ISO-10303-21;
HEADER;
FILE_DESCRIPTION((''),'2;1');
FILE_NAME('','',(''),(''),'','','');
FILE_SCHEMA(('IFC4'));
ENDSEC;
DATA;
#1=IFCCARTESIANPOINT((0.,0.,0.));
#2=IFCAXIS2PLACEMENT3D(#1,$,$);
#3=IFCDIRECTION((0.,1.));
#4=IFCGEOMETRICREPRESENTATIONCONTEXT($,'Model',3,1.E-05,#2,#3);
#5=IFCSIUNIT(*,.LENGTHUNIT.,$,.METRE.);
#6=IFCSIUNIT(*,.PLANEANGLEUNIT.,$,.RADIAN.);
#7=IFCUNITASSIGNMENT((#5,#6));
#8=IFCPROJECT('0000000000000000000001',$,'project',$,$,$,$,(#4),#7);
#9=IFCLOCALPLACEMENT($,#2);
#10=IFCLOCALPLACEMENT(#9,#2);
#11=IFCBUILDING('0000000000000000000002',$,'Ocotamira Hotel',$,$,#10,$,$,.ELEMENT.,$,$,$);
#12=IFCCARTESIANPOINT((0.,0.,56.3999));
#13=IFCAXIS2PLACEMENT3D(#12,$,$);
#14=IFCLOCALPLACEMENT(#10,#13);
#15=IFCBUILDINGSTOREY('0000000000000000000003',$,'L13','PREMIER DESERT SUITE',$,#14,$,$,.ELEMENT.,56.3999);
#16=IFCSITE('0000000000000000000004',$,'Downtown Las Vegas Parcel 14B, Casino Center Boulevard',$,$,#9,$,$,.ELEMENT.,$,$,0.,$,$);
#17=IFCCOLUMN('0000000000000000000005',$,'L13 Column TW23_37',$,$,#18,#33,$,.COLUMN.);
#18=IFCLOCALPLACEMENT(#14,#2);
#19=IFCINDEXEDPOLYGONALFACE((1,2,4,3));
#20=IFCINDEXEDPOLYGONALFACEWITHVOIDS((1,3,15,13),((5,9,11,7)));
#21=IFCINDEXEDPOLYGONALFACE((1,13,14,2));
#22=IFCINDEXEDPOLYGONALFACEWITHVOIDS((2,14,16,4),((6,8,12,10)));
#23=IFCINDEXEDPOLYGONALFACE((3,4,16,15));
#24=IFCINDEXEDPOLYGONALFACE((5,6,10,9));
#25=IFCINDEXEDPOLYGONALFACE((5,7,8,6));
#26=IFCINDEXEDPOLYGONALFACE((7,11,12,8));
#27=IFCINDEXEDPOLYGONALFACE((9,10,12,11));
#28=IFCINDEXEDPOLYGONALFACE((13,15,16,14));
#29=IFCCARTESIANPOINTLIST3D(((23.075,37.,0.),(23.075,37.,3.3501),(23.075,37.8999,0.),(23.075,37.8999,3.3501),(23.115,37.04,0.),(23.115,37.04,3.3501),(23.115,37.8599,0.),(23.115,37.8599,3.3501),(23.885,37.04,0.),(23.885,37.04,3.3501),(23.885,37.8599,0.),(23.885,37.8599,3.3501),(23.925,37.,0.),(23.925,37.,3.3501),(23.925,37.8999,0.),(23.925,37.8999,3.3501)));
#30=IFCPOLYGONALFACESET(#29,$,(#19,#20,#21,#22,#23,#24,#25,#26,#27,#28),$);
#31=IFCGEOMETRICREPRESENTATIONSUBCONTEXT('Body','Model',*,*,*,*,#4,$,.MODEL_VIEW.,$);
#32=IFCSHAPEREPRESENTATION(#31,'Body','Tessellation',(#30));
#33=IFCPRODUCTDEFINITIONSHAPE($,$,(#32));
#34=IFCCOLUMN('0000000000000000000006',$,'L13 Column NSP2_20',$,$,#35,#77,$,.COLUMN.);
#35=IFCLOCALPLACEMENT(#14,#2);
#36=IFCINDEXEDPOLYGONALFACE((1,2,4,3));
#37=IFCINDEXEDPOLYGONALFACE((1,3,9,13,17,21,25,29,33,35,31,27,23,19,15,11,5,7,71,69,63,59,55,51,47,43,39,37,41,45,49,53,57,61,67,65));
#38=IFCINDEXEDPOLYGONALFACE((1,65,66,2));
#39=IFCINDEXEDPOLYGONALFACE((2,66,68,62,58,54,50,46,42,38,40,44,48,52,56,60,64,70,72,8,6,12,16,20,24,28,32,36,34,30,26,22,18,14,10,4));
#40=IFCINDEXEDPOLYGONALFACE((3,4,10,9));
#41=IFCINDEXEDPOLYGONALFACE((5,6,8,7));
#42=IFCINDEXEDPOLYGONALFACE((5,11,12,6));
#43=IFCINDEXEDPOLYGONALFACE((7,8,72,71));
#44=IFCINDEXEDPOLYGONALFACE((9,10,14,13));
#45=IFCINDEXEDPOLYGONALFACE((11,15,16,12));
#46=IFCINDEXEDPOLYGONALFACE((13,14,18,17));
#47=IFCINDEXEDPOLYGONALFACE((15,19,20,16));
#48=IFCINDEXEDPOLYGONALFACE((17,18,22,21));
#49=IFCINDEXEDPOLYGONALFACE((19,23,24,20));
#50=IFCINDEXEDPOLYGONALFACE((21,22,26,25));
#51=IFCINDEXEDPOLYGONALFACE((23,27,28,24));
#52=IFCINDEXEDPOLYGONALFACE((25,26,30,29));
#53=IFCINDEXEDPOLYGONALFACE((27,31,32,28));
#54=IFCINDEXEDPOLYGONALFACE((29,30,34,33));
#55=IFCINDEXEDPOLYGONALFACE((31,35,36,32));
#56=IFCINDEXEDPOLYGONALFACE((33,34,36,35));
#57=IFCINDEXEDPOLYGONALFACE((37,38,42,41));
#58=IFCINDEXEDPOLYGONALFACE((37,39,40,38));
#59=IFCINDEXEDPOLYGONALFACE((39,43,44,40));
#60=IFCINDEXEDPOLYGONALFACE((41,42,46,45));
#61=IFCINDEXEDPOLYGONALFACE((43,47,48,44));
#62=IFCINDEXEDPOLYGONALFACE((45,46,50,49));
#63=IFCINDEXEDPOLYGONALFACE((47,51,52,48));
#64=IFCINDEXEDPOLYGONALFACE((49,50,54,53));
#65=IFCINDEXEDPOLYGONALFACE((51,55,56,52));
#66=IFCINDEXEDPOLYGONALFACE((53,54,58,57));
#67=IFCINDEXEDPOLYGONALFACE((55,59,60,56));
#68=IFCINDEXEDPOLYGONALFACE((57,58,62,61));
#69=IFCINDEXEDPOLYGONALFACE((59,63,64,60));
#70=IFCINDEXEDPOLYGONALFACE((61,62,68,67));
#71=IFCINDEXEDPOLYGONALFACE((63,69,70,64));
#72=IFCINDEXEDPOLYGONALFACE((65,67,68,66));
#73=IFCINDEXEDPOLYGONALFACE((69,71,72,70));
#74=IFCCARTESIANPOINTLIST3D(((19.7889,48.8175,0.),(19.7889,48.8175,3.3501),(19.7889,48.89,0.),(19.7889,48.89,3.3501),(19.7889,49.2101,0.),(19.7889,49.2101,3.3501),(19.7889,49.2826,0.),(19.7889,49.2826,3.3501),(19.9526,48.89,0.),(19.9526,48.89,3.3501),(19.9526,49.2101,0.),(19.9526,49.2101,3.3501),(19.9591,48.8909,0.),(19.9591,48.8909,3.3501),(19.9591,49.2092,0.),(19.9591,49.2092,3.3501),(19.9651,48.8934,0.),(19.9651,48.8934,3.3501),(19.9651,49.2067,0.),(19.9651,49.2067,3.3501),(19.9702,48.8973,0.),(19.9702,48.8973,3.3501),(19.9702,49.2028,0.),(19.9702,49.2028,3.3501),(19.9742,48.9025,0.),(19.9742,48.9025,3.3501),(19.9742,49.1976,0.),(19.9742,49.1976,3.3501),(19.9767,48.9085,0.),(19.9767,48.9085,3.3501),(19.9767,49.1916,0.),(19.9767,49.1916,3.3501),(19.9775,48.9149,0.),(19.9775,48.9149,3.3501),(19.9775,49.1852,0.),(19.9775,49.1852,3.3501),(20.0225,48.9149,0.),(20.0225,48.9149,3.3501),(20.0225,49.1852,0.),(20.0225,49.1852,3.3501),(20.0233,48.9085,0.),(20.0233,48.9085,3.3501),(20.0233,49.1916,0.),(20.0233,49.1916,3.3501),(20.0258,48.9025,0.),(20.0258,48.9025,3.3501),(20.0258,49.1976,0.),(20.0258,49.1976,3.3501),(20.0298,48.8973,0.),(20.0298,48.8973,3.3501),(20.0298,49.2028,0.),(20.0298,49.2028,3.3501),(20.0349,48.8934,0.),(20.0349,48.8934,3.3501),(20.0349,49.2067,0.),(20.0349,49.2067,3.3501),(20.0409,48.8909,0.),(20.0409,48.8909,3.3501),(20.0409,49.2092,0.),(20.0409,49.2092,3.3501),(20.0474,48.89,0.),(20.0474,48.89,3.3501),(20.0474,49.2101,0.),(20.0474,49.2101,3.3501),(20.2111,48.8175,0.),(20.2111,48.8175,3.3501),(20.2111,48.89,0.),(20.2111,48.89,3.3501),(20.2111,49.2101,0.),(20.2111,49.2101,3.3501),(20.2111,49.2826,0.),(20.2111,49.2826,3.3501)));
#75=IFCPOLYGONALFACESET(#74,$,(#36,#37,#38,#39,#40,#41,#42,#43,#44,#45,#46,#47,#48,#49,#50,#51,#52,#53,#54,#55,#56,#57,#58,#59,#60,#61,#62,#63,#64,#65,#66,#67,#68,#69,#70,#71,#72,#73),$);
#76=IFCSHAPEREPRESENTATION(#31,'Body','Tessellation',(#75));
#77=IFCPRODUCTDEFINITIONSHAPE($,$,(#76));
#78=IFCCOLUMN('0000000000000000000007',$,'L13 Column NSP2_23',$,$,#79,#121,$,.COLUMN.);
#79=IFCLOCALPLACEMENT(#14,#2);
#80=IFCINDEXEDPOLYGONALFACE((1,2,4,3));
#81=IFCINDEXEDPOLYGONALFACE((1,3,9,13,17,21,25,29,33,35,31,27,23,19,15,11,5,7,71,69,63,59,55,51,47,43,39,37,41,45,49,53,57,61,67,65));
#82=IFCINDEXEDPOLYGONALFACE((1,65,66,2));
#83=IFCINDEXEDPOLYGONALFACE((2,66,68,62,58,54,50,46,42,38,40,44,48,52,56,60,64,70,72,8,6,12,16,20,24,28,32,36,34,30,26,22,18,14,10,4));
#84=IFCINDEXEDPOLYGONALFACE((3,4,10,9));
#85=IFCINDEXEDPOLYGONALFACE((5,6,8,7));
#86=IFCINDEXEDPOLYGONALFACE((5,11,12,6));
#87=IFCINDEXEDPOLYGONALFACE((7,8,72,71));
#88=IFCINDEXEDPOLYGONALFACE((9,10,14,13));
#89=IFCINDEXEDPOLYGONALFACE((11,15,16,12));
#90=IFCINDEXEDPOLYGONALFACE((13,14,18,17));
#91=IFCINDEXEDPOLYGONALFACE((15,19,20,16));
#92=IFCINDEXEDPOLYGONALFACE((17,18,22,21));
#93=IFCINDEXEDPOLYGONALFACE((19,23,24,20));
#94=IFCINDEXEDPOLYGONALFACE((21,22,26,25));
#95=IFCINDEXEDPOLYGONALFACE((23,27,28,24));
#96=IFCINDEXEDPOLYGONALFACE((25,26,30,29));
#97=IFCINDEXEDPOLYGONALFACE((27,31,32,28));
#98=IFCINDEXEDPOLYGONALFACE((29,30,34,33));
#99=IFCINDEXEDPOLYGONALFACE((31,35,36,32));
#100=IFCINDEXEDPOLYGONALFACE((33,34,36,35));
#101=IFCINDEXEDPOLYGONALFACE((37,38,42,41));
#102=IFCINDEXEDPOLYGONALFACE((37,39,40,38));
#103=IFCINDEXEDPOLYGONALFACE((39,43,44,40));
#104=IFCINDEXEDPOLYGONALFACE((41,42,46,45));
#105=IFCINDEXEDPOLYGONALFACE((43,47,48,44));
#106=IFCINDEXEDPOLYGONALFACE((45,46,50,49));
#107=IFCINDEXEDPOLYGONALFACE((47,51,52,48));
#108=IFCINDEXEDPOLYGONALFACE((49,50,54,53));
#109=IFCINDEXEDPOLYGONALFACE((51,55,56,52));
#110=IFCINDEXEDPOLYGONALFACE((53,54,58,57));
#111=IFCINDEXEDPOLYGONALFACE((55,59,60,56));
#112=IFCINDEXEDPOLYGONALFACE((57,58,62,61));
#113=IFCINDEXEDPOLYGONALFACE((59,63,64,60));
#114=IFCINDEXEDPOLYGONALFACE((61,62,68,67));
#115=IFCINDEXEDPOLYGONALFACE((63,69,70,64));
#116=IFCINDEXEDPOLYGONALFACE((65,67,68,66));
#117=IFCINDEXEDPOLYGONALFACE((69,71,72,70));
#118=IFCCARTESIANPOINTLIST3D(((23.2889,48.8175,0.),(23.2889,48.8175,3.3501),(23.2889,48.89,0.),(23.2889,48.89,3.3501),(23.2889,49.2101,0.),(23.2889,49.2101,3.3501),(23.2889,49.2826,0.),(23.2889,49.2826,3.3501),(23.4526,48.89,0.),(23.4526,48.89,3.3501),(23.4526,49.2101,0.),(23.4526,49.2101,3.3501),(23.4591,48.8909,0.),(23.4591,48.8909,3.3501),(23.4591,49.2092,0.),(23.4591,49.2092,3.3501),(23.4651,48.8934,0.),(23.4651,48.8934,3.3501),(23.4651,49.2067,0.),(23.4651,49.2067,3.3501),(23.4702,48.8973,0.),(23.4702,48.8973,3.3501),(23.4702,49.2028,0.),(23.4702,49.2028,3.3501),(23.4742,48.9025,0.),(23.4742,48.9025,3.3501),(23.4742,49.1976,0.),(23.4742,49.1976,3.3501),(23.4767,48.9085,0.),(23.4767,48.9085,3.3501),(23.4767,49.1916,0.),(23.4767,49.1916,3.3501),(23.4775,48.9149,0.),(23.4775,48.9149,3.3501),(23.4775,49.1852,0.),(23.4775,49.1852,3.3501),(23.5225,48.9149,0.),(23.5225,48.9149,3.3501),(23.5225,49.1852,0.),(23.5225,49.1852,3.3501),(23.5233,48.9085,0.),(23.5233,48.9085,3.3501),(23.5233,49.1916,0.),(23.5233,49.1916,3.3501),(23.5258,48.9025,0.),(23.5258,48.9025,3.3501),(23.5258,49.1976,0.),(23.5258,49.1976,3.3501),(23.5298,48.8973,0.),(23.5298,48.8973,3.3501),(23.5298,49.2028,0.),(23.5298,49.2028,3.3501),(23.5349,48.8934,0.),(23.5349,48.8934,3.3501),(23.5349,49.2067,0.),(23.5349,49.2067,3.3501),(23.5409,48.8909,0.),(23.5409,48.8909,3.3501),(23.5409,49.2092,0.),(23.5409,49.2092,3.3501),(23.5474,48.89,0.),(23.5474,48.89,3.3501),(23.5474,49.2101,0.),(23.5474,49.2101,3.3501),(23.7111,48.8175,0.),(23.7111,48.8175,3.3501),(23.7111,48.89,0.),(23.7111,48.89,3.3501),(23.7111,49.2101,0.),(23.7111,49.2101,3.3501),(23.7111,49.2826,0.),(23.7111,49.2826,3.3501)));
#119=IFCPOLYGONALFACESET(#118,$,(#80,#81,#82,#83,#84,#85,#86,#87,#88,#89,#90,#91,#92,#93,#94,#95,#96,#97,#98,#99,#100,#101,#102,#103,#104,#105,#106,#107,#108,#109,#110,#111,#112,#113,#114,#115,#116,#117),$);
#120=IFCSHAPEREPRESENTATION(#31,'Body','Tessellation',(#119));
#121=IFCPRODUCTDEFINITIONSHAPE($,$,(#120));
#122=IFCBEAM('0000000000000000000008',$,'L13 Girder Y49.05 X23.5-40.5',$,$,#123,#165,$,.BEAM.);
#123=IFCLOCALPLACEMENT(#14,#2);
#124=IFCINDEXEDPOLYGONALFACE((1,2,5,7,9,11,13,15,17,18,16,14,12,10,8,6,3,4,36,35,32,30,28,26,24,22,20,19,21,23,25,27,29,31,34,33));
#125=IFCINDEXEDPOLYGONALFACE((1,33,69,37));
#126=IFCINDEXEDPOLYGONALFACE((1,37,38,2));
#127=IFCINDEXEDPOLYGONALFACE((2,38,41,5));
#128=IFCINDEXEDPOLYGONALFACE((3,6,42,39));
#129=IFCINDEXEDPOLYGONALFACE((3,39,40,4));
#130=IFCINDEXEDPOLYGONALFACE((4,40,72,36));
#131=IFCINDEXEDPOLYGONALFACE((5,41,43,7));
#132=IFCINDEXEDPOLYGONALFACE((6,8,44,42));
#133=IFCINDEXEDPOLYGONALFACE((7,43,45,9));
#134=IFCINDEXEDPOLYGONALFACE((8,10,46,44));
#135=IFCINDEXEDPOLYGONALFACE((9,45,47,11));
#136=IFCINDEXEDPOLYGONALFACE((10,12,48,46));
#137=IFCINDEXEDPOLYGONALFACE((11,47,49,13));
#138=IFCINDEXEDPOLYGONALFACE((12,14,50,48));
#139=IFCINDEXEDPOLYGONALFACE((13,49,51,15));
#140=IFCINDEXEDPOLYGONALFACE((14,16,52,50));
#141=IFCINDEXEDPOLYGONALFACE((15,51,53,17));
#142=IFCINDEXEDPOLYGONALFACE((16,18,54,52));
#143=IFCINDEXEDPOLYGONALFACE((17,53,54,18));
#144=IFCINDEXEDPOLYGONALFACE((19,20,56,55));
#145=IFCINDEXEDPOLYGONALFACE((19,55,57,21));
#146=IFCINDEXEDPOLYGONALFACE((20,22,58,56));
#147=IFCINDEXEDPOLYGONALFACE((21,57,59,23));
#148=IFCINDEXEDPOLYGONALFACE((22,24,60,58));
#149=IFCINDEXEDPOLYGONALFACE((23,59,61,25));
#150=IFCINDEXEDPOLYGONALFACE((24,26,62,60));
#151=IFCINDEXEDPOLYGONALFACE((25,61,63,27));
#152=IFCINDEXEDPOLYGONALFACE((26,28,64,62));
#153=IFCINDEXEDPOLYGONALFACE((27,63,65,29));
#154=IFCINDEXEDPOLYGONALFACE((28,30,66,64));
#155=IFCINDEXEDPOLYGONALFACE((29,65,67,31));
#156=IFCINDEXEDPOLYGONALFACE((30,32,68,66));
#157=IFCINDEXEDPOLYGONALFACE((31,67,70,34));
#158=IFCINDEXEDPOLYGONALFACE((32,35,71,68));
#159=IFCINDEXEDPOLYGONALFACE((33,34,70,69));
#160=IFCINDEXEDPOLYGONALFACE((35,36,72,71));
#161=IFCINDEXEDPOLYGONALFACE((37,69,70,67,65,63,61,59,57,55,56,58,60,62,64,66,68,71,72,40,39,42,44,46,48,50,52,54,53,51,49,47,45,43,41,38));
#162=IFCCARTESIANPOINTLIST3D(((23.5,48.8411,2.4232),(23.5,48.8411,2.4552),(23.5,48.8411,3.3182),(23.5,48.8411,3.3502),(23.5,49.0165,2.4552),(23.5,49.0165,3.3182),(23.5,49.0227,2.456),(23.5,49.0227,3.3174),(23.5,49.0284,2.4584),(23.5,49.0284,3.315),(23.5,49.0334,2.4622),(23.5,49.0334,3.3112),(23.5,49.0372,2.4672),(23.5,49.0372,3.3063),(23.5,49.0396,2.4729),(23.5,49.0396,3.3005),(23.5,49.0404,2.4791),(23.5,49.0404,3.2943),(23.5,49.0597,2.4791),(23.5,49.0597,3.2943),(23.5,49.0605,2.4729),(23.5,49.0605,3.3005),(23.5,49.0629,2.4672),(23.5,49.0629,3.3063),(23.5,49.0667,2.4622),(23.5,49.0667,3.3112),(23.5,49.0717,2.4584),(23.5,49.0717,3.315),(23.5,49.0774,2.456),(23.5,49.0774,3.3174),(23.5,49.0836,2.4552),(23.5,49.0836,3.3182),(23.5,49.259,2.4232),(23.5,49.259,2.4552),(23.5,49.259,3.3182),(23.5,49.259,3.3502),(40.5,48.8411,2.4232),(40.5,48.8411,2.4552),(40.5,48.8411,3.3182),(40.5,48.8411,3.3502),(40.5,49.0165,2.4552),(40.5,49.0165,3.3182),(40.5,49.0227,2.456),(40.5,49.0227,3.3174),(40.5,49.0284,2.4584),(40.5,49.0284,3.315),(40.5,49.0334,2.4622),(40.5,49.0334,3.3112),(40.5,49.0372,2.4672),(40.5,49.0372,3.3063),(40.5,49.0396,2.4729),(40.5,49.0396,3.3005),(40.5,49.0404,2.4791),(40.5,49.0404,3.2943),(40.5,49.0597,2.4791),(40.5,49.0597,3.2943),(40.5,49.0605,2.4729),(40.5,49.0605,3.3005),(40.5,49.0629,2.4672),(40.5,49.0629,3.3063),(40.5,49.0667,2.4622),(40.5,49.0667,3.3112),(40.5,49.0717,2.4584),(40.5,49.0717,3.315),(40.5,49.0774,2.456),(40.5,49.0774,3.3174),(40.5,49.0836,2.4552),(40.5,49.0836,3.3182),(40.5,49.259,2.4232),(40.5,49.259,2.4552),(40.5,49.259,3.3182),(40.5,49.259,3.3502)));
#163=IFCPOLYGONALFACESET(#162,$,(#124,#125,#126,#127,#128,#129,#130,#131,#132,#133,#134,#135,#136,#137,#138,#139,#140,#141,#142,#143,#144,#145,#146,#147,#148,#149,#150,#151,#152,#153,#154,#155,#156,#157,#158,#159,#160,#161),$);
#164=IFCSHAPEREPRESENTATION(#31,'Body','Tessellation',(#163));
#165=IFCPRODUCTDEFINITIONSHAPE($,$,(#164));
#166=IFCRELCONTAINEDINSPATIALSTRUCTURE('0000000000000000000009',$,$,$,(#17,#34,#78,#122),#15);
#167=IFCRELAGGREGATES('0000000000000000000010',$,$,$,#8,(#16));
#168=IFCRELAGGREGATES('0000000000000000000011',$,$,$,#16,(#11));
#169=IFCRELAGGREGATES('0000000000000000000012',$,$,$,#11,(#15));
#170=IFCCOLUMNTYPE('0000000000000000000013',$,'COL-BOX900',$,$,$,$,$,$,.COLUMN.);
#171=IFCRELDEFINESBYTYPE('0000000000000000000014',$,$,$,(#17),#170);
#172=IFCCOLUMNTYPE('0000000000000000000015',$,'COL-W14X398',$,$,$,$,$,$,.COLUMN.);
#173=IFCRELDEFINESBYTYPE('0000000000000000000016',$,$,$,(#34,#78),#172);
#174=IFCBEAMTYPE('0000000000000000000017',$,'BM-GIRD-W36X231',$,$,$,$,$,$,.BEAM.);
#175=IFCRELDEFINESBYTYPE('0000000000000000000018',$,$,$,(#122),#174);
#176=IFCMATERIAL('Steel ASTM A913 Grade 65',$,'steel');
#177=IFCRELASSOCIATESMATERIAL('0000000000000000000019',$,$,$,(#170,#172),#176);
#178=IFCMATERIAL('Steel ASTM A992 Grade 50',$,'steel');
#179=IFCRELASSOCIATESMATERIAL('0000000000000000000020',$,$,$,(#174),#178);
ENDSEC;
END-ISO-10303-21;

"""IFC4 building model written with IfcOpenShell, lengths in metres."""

from ifc_helpers import new_model, si_unit, direction, frame, origin, origin_2d, place, context, subcontext, project, spatial, hollow_rectangle, i_section, extrude, source, transform, mapped, material, material_profile, profile_set, type_object, element, save


model = new_model("IFC4")

# Units and contexts
model_context = context("Model", 3, precision=1e-05, world=origin(), true_north=direction((0.0, 1.0)))
body_context = subcontext(model_context, "Body", "Model", "MODEL_VIEW")
ifc_project = project(units=[si_unit("LENGTHUNIT", "METRE"), si_unit("PLANEANGLEUNIT", "RADIAN")], contexts=[model_context])

# Site, building, storey
site_placement = place(None, origin())
site = spatial("IfcSite", under=ifc_project, at=site_placement, Name="Downtown Las Vegas Parcel 14B, Casino Center Boulevard", CompositionType="ELEMENT", RefElevation=0.0)
building_placement = place(site_placement, origin())
building = spatial("IfcBuilding", under=site, at=building_placement, Name="Ocotamira Hotel", CompositionType="ELEMENT")
storey_placement = place(building_placement, frame((0.0, 0.0, 56.3999)))
storey = spatial("IfcBuildingStorey", under=building, at=storey_placement, Name="L13", Description="PREMIER DESERT SUITE", CompositionType="ELEMENT", Elevation=56.3999)

# Columns
ifc_material_1 = material(Name="Steel ASTM A913 Grade 65", Category="steel")
ifc_material_profile_1 = material_profile(ifc_material_1, hollow_rectangle(XDim=0.8501, YDim=0.8999, WallThickness=0.04, at=origin_2d()), Name="BOX900X850X40")
ifc_profile_set_1 = profile_set([ifc_material_profile_1], Name="Steel ASTM A913 Grade 65")
column_type_1 = type_object("IfcColumnType", Name="COL-BOX900", PredefinedType="COLUMN", material=ifc_profile_set_1)
shared_shape_1 = source(origin(), body_context, "Body", "SweptSolid", [
    extrude(hollow_rectangle(XDim=0.8501, YDim=0.8999, WallThickness=0.04, at=origin_2d()), origin(), (0.0, 0.0, 1.0), 3.3501),
])
column_placement = place(storey_placement, frame((23.5, 37.45, 0.0), z_axis=(0.0, 0.0, 1.0), x_axis=(1.0, 0.0, 0.0)))
element("IfcColumn", 1, at=column_placement, inside=storey, type_object=column_type_1, Name="L13 Column TW23_37", PredefinedType="COLUMN", context=body_context, shape_type="MappedRepresentation", body=[
    mapped(shared_shape_1, transform((0.0, 0.0, 0.0), scale=1.0)),
])
ifc_material_profile_2 = material_profile(ifc_material_1, i_section(OverallWidth=0.4221, OverallDepth=0.4651, WebThickness=0.0449, FlangeThickness=0.0725, FilletRadius=0.0249, at=origin_2d()), Name="W14X398")
ifc_profile_set_2 = profile_set([ifc_material_profile_2], Name="Steel ASTM A913 Grade 65")
column_type_2 = type_object("IfcColumnType", Name="COL-W14X398", PredefinedType="COLUMN", material=ifc_profile_set_2)
shared_shape_2 = source(origin(), body_context, "Body", "SweptSolid", [
    extrude(i_section(OverallWidth=0.4221, OverallDepth=0.4651, WebThickness=0.0449, FlangeThickness=0.0725, FilletRadius=0.0249, at=origin_2d()), origin(), (0.0, 0.0, 1.0), 3.3501),
])
for number, where, z_axis, x_axis, name in (
    (2, (20.0, 49.05, 0.0), (0.0, 0.0, 1.0), (1.0, 0.0, 0.0), "L13 Column NSP2_20"),
    (3, (23.5, 49.05, 0.0), (0.0, 0.0, 1.0), (1.0, 0.0, 0.0), "L13 Column NSP2_23"),
):
    element("IfcColumn", number, at=place(storey_placement, frame(where, z_axis=z_axis, x_axis=x_axis)), inside=storey, type_object=column_type_2, Name=name, PredefinedType="COLUMN", context=body_context, shape_type="MappedRepresentation", body=[
        mapped(shared_shape_2, transform((0.0, 0.0, 0.0), scale=1.0)),
    ])

# Beam
ifc_material_2 = material(Name="Steel ASTM A992 Grade 50", Category="steel")
ifc_material_profile_3 = material_profile(ifc_material_2, i_section(OverallWidth=0.418, OverallDepth=0.927, WebThickness=0.0193, FlangeThickness=0.032, FilletRadius=0.0239, at=origin_2d()), Name="W36X231")
ifc_profile_set_3 = profile_set([ifc_material_profile_3], Name="Steel ASTM A992 Grade 50")
beam_type_1 = type_object("IfcBeamType", Name="BM-GIRD-W36X231", PredefinedType="BEAM", material=ifc_profile_set_3)
shared_shape_3 = source(origin(), body_context, "Body", "SweptSolid", [
    extrude(i_section(OverallWidth=0.418, OverallDepth=0.927, WebThickness=0.0193, FlangeThickness=0.032, FilletRadius=0.0239, at=origin_2d()), origin(), (0.0, 0.0, 1.0), 17.0),
])
beam_1_placement = place(storey_placement, frame((23.5, 49.05, 2.8867), z_axis=(1.0, 0.0, 0.0), x_axis=(0.0, 1.0, 0.0)))
element("IfcBeam", 4, at=beam_1_placement, inside=storey, type_object=beam_type_1, Name="L13 Girder Y49.05 X23.5-40.5", PredefinedType="BEAM", context=body_context, shape_type="MappedRepresentation", body=[
    mapped(shared_shape_3, transform((0.0, 0.0, 0.0), scale=1.0)),
])

save(model, "model.ifc")
